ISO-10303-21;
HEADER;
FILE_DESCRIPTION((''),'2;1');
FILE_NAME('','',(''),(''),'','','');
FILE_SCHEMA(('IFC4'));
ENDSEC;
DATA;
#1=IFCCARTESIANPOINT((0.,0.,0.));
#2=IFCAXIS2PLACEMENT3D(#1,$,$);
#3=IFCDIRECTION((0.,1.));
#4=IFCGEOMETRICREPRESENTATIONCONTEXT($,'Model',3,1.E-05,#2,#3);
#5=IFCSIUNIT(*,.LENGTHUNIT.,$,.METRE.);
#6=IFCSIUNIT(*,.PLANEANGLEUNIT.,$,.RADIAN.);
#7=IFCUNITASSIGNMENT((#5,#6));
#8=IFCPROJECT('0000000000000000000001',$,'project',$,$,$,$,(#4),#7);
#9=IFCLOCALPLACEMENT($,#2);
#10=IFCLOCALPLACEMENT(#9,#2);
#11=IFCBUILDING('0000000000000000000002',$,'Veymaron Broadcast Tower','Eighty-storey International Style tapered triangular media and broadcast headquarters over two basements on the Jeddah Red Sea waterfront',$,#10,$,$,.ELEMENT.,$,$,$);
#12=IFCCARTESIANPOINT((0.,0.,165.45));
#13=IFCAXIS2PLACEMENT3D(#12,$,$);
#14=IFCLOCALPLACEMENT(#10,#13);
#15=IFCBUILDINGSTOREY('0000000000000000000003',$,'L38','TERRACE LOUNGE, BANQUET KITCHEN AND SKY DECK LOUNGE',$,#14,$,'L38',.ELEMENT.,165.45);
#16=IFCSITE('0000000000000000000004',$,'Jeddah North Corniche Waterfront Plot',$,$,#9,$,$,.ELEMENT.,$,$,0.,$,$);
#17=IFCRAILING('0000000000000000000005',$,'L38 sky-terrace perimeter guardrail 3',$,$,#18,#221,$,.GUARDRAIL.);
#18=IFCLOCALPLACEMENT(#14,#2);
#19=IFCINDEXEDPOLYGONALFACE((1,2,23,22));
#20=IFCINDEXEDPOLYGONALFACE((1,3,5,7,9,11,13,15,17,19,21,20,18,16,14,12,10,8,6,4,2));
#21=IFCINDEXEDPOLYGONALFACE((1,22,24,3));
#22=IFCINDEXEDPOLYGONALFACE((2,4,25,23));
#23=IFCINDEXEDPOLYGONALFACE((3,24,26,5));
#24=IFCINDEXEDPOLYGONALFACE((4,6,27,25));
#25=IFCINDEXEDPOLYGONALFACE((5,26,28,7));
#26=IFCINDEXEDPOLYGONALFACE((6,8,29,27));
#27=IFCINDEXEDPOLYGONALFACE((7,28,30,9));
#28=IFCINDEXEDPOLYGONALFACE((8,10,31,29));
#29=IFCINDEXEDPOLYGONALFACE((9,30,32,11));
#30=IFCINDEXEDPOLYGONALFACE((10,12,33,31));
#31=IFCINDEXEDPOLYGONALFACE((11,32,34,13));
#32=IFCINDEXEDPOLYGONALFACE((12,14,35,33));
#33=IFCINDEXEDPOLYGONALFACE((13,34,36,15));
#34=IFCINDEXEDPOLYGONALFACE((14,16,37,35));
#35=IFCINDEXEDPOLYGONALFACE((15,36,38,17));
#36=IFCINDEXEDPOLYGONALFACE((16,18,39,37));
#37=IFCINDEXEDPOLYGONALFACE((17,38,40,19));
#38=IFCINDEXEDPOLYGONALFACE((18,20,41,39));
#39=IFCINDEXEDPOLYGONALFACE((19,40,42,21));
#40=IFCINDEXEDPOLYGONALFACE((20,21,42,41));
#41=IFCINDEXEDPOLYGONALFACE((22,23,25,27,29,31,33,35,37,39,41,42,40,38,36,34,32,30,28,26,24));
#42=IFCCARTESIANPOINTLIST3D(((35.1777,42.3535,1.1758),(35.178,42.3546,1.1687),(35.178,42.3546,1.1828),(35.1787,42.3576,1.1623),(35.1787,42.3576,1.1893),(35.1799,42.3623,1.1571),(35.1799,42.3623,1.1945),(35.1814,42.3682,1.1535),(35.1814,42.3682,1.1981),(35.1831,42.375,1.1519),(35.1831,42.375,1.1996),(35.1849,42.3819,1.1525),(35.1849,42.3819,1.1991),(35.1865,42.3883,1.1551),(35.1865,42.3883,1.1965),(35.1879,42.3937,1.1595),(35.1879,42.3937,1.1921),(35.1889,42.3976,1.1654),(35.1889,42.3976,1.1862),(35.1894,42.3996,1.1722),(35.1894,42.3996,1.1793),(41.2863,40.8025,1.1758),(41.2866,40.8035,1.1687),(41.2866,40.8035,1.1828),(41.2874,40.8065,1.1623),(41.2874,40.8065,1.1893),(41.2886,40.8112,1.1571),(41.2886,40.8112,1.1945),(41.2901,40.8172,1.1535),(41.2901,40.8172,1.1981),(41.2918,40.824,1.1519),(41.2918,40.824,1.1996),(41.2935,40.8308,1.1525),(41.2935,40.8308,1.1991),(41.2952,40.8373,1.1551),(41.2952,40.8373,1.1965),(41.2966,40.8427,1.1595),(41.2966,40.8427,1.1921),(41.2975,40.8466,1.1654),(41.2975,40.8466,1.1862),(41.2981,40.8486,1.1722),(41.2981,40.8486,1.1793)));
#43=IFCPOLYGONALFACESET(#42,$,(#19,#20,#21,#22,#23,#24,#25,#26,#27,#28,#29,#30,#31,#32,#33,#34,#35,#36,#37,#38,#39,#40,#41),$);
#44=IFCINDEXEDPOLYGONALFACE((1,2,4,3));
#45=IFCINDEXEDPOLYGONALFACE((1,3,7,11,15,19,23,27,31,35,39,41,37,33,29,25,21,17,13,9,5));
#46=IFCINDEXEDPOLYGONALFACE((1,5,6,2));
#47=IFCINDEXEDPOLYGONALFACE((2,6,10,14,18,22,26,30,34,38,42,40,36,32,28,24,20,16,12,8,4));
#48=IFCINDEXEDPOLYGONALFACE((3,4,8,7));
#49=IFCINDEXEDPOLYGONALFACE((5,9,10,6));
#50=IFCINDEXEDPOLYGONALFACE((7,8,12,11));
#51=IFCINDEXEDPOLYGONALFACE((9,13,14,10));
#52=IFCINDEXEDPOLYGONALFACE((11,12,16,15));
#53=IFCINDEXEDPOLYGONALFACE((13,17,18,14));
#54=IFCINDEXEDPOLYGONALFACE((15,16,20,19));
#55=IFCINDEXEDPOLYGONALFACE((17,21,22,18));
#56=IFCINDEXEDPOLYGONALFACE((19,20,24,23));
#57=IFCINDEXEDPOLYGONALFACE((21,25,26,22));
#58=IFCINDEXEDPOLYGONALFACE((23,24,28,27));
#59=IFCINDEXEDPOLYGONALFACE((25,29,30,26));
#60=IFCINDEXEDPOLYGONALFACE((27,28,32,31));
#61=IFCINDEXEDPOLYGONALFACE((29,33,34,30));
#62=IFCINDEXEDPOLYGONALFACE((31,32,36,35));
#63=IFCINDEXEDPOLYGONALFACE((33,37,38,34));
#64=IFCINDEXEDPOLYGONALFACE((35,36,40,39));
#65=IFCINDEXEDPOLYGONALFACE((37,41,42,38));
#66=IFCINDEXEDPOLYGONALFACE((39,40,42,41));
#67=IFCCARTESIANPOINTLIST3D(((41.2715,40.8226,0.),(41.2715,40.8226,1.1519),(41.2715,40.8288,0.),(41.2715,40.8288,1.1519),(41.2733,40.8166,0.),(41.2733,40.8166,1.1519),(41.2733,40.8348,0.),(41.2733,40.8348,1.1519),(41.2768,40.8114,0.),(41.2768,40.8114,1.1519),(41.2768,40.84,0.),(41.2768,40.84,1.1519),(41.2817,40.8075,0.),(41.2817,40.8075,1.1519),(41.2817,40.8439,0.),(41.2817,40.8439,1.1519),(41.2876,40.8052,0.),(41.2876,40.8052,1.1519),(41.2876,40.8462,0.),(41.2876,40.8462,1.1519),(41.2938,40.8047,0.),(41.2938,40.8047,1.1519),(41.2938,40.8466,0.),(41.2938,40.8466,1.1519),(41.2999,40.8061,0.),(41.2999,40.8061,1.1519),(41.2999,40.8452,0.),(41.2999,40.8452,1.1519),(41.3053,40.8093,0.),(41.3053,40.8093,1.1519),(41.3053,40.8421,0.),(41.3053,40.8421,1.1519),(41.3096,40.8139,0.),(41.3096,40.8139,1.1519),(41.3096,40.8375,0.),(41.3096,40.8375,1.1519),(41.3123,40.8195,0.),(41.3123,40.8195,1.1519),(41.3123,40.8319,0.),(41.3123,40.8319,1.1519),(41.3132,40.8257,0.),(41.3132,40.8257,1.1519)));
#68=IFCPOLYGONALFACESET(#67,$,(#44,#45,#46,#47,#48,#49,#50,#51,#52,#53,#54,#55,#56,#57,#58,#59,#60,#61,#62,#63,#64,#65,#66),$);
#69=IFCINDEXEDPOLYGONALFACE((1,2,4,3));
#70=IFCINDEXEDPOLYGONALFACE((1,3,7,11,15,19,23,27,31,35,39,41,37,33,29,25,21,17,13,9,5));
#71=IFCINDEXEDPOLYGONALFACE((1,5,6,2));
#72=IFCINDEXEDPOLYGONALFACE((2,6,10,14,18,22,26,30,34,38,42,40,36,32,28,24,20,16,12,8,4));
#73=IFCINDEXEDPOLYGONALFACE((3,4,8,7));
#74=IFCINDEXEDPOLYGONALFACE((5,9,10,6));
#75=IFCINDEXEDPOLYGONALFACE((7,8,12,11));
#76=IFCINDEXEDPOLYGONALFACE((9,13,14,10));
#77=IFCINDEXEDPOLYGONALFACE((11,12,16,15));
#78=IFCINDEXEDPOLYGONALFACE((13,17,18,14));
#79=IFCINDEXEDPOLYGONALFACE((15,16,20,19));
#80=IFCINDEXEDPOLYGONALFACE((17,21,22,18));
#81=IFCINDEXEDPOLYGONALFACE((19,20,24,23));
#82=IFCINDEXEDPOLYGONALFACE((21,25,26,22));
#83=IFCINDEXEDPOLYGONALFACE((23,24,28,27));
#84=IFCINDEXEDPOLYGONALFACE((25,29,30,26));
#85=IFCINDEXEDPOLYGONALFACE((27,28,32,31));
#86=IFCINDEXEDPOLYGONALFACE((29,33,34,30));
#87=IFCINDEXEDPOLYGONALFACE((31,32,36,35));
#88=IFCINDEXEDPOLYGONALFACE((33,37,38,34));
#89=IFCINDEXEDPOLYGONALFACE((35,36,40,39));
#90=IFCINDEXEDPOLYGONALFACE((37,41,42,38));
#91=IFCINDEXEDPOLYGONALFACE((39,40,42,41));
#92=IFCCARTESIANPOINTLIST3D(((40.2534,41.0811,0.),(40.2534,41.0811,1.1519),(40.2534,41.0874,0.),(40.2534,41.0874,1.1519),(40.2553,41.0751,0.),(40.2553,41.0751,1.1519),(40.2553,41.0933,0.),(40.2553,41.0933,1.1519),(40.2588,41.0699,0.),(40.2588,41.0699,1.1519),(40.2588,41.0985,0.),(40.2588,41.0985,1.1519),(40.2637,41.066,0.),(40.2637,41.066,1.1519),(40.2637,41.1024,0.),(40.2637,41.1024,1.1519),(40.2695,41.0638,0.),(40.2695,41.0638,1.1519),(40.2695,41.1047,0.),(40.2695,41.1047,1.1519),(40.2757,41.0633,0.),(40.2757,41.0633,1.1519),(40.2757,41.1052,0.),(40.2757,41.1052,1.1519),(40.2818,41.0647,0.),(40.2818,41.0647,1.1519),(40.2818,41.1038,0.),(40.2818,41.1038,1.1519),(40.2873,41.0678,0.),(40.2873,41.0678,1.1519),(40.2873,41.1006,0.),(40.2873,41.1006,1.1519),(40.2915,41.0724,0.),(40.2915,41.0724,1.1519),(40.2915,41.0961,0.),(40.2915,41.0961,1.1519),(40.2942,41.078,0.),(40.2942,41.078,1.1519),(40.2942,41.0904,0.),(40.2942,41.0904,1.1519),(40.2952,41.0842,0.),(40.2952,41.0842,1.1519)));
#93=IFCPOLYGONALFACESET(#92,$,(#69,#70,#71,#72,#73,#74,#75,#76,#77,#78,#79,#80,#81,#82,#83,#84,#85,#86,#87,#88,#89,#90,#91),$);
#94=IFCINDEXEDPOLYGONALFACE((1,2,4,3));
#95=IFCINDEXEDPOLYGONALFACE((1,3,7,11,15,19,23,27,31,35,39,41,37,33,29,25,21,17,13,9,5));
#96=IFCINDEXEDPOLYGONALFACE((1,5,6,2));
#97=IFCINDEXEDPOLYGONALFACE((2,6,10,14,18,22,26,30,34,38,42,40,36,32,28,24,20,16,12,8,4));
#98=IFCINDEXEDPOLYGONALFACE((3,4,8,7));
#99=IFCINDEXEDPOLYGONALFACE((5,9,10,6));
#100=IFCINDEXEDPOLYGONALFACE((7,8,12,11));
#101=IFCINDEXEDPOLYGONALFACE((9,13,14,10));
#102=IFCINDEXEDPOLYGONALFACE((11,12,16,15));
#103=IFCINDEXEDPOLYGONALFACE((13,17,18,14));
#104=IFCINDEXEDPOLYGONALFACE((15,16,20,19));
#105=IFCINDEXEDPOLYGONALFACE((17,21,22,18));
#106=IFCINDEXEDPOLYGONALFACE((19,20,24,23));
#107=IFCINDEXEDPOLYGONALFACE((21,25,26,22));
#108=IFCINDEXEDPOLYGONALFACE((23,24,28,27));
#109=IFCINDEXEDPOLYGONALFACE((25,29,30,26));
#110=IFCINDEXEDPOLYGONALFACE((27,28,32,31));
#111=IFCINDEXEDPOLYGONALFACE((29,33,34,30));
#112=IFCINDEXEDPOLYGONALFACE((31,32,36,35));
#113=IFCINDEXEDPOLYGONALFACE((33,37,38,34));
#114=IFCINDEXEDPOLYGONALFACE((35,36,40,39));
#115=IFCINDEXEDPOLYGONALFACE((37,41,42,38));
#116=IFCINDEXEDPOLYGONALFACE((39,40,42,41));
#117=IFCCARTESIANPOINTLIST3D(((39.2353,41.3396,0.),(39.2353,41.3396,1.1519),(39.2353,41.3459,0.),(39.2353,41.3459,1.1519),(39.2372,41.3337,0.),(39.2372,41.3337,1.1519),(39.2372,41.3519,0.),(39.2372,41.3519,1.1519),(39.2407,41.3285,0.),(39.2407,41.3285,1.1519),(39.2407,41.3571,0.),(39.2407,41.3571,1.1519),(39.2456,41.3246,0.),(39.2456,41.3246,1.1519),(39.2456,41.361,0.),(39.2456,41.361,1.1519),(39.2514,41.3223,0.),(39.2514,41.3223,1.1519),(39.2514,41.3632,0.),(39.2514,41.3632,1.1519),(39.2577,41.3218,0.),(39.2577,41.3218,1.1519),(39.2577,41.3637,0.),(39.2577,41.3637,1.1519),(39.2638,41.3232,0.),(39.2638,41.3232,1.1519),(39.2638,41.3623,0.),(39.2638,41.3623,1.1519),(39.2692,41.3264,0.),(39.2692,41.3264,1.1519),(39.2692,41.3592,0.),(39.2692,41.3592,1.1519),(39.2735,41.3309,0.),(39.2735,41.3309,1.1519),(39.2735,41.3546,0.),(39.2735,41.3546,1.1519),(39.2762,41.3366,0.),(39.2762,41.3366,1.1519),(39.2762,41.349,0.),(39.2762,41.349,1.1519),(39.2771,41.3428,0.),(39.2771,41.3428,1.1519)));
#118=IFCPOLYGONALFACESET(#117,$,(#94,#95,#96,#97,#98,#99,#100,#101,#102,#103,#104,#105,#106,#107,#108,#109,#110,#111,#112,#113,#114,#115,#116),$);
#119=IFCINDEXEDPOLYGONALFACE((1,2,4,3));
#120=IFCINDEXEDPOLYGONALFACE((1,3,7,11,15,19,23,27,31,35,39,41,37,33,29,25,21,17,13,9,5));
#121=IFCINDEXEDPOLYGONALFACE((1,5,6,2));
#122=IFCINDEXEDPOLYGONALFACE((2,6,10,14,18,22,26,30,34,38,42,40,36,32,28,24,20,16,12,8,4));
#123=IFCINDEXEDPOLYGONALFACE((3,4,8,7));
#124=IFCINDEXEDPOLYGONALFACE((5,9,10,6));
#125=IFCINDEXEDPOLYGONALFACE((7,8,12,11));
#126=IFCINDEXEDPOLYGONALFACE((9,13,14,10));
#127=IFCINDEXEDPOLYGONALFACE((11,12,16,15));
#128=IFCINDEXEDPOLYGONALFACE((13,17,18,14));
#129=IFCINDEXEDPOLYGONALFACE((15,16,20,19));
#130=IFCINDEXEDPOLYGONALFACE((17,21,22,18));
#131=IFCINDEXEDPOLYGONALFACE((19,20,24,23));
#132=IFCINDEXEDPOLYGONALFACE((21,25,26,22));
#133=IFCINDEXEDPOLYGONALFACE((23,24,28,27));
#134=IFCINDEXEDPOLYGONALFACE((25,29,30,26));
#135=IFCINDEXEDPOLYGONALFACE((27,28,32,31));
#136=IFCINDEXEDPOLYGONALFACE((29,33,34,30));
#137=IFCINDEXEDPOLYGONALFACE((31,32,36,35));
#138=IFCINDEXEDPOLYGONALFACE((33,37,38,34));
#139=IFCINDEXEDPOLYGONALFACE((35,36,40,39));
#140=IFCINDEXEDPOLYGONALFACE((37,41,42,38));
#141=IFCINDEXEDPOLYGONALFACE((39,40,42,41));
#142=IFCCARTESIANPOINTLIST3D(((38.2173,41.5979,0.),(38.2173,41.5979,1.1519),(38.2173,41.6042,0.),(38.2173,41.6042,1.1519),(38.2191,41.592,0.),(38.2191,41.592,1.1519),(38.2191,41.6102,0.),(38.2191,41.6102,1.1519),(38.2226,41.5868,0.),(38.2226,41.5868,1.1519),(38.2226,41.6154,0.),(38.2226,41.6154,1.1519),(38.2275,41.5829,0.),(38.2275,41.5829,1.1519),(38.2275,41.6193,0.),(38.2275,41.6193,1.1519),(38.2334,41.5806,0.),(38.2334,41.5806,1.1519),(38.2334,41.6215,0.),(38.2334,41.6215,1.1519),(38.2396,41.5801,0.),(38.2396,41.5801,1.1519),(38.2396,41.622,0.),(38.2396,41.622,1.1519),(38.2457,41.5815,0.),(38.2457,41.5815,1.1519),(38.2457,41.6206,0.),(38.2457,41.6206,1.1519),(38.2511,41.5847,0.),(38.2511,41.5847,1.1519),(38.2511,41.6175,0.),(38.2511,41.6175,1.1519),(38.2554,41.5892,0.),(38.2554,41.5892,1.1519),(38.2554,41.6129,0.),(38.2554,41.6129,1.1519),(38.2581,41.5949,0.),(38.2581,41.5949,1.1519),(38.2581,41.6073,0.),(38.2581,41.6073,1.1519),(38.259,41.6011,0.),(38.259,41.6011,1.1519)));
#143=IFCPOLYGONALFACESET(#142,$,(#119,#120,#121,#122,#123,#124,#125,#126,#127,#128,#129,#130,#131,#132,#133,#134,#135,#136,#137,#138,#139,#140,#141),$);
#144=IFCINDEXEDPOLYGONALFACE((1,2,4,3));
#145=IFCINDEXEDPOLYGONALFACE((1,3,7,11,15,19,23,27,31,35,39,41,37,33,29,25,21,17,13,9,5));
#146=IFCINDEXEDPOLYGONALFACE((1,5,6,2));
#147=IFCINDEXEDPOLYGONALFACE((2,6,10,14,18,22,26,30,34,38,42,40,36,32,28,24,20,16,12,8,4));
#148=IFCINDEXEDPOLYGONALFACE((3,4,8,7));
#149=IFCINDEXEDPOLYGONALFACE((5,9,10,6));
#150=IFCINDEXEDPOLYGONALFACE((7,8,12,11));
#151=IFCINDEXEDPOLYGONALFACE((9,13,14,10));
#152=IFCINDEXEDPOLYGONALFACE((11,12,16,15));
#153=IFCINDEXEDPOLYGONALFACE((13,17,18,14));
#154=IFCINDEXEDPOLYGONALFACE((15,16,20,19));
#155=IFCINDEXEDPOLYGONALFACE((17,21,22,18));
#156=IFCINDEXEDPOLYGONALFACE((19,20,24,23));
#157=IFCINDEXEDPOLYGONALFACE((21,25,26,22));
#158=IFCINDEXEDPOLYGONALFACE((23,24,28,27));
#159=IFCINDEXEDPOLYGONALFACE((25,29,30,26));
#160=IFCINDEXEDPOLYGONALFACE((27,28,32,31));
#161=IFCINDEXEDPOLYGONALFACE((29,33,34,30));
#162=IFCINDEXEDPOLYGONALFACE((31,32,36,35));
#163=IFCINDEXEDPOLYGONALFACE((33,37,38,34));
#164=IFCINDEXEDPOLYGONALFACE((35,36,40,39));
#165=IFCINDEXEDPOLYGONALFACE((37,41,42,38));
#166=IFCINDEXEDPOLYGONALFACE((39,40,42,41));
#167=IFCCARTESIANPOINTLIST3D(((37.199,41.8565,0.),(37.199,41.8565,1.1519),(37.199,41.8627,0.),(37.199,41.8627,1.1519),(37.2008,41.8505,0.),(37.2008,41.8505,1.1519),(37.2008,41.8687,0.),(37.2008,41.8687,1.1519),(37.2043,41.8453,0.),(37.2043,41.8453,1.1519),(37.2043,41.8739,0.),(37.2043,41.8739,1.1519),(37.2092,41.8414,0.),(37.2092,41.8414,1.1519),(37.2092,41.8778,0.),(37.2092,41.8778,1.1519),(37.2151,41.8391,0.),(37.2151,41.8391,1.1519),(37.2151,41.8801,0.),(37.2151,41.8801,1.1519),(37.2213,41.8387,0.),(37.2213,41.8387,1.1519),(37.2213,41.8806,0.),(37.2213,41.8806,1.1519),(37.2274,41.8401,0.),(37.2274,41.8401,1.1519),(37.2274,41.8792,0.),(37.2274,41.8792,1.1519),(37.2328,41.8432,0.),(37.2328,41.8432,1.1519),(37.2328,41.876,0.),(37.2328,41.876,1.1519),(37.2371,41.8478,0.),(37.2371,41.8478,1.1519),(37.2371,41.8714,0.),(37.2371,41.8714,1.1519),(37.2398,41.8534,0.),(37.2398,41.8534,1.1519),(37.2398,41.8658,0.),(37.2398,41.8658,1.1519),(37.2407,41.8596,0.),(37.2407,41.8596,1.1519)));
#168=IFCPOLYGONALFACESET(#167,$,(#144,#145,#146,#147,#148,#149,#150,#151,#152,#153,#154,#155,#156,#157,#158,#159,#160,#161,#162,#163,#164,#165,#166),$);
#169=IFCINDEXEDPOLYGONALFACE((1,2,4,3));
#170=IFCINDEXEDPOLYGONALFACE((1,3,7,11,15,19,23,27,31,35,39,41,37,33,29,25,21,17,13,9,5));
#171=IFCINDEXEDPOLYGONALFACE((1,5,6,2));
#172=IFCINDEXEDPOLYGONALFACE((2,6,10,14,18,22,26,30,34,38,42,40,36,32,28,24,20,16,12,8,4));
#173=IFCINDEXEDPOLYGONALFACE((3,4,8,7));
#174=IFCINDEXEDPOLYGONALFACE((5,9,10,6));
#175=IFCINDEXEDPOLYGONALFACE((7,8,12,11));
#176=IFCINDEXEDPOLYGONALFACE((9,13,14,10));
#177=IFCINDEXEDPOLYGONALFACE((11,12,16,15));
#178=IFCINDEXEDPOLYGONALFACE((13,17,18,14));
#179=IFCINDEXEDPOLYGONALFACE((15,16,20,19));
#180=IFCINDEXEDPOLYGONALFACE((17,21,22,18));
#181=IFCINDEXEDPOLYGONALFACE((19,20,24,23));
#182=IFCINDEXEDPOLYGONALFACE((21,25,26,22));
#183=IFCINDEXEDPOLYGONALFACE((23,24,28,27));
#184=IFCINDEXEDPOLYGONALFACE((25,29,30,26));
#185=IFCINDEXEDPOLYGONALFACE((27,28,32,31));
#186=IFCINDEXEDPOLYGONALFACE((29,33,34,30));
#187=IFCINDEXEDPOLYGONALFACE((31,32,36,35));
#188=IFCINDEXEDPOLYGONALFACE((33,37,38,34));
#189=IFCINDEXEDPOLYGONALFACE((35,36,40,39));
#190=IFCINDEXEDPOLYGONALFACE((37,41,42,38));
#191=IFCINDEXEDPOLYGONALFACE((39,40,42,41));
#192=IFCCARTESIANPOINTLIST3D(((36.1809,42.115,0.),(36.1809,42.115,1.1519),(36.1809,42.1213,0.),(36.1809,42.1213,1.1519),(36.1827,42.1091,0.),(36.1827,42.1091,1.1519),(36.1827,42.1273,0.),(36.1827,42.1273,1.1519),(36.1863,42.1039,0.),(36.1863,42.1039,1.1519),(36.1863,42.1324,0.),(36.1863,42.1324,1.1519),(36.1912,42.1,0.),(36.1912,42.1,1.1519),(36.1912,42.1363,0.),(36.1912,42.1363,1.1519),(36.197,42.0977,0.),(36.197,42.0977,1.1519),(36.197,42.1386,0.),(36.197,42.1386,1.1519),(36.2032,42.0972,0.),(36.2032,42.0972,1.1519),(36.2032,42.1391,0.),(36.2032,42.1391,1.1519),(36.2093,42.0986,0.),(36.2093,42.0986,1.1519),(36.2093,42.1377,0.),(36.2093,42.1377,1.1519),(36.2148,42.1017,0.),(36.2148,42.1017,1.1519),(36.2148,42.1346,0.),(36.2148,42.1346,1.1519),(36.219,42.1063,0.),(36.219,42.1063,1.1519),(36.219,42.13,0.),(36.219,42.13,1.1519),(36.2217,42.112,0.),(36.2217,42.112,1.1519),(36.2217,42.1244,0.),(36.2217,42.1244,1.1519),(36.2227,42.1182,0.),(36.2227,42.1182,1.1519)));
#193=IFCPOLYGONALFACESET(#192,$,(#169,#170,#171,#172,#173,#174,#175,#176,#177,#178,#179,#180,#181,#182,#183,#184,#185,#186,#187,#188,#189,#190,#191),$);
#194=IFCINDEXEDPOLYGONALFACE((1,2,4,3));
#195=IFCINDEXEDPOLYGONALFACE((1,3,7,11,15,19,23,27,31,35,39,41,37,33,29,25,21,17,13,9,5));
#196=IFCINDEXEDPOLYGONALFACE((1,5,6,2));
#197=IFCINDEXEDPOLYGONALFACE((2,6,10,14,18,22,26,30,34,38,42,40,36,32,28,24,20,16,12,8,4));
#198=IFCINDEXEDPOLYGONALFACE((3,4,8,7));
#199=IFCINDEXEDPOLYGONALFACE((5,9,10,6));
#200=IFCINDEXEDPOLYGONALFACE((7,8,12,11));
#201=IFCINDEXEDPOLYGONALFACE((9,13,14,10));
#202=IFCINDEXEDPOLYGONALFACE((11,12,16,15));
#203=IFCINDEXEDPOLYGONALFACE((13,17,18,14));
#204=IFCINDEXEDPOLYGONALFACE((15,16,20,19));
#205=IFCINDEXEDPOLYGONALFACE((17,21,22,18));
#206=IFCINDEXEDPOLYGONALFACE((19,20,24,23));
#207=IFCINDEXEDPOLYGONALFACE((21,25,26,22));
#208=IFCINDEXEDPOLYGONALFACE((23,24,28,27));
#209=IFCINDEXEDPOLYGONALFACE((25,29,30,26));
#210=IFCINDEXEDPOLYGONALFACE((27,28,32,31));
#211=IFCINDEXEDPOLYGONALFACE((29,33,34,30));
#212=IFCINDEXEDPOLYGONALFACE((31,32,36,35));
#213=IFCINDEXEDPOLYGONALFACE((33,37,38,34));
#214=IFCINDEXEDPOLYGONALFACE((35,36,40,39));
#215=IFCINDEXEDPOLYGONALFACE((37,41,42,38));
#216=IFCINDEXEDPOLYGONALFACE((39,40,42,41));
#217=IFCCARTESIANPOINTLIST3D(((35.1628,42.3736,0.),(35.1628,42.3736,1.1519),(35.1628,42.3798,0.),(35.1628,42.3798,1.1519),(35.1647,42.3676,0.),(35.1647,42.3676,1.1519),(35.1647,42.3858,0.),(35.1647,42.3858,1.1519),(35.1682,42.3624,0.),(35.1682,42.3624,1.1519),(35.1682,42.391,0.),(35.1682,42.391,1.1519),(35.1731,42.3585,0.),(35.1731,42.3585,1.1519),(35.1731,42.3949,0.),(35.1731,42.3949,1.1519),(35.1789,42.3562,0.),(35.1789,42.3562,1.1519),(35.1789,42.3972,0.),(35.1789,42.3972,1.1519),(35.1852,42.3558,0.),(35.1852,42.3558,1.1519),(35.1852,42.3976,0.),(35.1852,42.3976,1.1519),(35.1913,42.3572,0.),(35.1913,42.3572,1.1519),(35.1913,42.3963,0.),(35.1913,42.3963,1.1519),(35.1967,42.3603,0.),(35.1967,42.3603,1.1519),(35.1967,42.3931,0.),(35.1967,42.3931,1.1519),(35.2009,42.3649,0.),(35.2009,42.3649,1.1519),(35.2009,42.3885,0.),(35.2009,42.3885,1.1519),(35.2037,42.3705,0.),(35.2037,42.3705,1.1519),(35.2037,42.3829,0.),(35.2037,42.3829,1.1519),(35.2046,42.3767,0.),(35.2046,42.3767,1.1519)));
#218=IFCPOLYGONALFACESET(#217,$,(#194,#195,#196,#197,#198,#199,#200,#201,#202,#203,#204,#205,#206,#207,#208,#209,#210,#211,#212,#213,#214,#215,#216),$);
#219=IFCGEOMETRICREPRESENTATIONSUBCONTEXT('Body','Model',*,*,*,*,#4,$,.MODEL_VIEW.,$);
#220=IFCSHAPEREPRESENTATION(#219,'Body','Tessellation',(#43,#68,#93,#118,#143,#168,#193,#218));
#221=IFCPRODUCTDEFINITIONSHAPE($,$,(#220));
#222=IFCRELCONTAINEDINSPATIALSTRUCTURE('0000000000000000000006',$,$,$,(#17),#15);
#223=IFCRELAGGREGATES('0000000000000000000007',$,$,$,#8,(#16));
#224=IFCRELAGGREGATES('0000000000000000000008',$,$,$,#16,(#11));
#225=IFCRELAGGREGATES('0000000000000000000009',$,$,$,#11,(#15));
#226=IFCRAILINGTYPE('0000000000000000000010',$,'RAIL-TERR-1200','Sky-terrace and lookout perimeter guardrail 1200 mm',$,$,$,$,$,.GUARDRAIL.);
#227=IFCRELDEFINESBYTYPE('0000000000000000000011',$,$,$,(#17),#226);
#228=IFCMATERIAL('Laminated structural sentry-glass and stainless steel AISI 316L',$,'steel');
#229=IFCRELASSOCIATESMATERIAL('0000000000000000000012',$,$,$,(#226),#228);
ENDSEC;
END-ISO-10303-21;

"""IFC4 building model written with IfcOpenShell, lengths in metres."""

from ifc_helpers import new_model, si_unit, direction, frame, origin, origin_2d, place, context, subcontext, project, spatial, circle, extrude, material, type_object, element, save


model = new_model("IFC4")

# Units and contexts
model_context = context("Model", 3, precision=1e-05, world=origin(), true_north=direction((0.0, 1.0)))
body_context = subcontext(model_context, "Body", "Model", "MODEL_VIEW")
ifc_project = project(units=[si_unit("LENGTHUNIT", "METRE"), si_unit("PLANEANGLEUNIT", "RADIAN")], contexts=[model_context])

# Site, building, storey
site_placement = place(None, origin())
site = spatial("IfcSite", under=ifc_project, at=site_placement, Name="Jeddah North Corniche Waterfront Plot", CompositionType="ELEMENT", RefElevation=0.0)
building_placement = place(site_placement, origin())
building = spatial("IfcBuilding", under=site, at=building_placement, Name="Veymaron Broadcast Tower", Description="Eighty-storey International Style tapered triangular media and broadcast headquarters over two basements on the Jeddah Red Sea waterfront", CompositionType="ELEMENT")
storey_placement = place(building_placement, frame((0.0, 0.0, 165.45)))
storey = spatial("IfcBuildingStorey", under=building, at=storey_placement, Name="L38", Description="TERRACE LOUNGE, BANQUET KITCHEN AND SKY DECK LOUNGE", LongName="L38", CompositionType="ELEMENT", Elevation=165.45)

# Railing
ifc_material_1 = material(Name="Laminated structural sentry-glass and stainless steel AISI 316L", Category="steel")
railing_type_1 = type_object("IfcRailingType", Name="RAIL-TERR-1200", Description="Sky-terrace and lookout perimeter guardrail 1200 mm", PredefinedType="GUARDRAIL", material=ifc_material_1)
railing_1_placement = place(storey_placement, frame((41.2922, 40.8257, 0.0)))
element("IfcRailing", 1, at=railing_1_placement, inside=storey, type_object=railing_type_1, Name="L38 sky-terrace perimeter guardrail 3", PredefinedType="GUARDRAIL", context=body_context, shape_type="SweptSolid", body=[
    extrude(circle(Radius=0.0239, at=origin_2d()), frame((0.0, 0.0, 1.1758), z_axis=(-0.969245, 0.246098, 0.0), x_axis=(-0.246098, -0.969245, 0.0)), (0.0, 0.0, 1.0), 6.3025),
    extrude(circle(Radius=0.021, at=origin_2d()), origin(), (0.0, 0.0, 1.0), 1.1519),
    extrude(circle(Radius=0.021, at=origin_2d()), frame((-1.0181, 0.2585, 0.0)), (0.0, 0.0, 1.0), 1.1519),
    extrude(circle(Radius=0.021, at=origin_2d()), frame((-2.0361, 0.5171, 0.0)), (0.0, 0.0, 1.0), 1.1519),
    extrude(circle(Radius=0.021, at=origin_2d()), frame((-3.0542, 0.7754, 0.0)), (0.0, 0.0, 1.0), 1.1519),
    extrude(circle(Radius=0.021, at=origin_2d()), frame((-4.0725, 1.0339, 0.0)), (0.0, 0.0, 1.0), 1.1519),
    extrude(circle(Radius=0.021, at=origin_2d()), frame((-5.0906, 1.2925, 0.0)), (0.0, 0.0, 1.0), 1.1519),
    extrude(circle(Radius=0.021, at=origin_2d()), frame((-6.1086, 1.551, 0.0)), (0.0, 0.0, 1.0), 1.1519),
])

save(model, "model.ifc")
